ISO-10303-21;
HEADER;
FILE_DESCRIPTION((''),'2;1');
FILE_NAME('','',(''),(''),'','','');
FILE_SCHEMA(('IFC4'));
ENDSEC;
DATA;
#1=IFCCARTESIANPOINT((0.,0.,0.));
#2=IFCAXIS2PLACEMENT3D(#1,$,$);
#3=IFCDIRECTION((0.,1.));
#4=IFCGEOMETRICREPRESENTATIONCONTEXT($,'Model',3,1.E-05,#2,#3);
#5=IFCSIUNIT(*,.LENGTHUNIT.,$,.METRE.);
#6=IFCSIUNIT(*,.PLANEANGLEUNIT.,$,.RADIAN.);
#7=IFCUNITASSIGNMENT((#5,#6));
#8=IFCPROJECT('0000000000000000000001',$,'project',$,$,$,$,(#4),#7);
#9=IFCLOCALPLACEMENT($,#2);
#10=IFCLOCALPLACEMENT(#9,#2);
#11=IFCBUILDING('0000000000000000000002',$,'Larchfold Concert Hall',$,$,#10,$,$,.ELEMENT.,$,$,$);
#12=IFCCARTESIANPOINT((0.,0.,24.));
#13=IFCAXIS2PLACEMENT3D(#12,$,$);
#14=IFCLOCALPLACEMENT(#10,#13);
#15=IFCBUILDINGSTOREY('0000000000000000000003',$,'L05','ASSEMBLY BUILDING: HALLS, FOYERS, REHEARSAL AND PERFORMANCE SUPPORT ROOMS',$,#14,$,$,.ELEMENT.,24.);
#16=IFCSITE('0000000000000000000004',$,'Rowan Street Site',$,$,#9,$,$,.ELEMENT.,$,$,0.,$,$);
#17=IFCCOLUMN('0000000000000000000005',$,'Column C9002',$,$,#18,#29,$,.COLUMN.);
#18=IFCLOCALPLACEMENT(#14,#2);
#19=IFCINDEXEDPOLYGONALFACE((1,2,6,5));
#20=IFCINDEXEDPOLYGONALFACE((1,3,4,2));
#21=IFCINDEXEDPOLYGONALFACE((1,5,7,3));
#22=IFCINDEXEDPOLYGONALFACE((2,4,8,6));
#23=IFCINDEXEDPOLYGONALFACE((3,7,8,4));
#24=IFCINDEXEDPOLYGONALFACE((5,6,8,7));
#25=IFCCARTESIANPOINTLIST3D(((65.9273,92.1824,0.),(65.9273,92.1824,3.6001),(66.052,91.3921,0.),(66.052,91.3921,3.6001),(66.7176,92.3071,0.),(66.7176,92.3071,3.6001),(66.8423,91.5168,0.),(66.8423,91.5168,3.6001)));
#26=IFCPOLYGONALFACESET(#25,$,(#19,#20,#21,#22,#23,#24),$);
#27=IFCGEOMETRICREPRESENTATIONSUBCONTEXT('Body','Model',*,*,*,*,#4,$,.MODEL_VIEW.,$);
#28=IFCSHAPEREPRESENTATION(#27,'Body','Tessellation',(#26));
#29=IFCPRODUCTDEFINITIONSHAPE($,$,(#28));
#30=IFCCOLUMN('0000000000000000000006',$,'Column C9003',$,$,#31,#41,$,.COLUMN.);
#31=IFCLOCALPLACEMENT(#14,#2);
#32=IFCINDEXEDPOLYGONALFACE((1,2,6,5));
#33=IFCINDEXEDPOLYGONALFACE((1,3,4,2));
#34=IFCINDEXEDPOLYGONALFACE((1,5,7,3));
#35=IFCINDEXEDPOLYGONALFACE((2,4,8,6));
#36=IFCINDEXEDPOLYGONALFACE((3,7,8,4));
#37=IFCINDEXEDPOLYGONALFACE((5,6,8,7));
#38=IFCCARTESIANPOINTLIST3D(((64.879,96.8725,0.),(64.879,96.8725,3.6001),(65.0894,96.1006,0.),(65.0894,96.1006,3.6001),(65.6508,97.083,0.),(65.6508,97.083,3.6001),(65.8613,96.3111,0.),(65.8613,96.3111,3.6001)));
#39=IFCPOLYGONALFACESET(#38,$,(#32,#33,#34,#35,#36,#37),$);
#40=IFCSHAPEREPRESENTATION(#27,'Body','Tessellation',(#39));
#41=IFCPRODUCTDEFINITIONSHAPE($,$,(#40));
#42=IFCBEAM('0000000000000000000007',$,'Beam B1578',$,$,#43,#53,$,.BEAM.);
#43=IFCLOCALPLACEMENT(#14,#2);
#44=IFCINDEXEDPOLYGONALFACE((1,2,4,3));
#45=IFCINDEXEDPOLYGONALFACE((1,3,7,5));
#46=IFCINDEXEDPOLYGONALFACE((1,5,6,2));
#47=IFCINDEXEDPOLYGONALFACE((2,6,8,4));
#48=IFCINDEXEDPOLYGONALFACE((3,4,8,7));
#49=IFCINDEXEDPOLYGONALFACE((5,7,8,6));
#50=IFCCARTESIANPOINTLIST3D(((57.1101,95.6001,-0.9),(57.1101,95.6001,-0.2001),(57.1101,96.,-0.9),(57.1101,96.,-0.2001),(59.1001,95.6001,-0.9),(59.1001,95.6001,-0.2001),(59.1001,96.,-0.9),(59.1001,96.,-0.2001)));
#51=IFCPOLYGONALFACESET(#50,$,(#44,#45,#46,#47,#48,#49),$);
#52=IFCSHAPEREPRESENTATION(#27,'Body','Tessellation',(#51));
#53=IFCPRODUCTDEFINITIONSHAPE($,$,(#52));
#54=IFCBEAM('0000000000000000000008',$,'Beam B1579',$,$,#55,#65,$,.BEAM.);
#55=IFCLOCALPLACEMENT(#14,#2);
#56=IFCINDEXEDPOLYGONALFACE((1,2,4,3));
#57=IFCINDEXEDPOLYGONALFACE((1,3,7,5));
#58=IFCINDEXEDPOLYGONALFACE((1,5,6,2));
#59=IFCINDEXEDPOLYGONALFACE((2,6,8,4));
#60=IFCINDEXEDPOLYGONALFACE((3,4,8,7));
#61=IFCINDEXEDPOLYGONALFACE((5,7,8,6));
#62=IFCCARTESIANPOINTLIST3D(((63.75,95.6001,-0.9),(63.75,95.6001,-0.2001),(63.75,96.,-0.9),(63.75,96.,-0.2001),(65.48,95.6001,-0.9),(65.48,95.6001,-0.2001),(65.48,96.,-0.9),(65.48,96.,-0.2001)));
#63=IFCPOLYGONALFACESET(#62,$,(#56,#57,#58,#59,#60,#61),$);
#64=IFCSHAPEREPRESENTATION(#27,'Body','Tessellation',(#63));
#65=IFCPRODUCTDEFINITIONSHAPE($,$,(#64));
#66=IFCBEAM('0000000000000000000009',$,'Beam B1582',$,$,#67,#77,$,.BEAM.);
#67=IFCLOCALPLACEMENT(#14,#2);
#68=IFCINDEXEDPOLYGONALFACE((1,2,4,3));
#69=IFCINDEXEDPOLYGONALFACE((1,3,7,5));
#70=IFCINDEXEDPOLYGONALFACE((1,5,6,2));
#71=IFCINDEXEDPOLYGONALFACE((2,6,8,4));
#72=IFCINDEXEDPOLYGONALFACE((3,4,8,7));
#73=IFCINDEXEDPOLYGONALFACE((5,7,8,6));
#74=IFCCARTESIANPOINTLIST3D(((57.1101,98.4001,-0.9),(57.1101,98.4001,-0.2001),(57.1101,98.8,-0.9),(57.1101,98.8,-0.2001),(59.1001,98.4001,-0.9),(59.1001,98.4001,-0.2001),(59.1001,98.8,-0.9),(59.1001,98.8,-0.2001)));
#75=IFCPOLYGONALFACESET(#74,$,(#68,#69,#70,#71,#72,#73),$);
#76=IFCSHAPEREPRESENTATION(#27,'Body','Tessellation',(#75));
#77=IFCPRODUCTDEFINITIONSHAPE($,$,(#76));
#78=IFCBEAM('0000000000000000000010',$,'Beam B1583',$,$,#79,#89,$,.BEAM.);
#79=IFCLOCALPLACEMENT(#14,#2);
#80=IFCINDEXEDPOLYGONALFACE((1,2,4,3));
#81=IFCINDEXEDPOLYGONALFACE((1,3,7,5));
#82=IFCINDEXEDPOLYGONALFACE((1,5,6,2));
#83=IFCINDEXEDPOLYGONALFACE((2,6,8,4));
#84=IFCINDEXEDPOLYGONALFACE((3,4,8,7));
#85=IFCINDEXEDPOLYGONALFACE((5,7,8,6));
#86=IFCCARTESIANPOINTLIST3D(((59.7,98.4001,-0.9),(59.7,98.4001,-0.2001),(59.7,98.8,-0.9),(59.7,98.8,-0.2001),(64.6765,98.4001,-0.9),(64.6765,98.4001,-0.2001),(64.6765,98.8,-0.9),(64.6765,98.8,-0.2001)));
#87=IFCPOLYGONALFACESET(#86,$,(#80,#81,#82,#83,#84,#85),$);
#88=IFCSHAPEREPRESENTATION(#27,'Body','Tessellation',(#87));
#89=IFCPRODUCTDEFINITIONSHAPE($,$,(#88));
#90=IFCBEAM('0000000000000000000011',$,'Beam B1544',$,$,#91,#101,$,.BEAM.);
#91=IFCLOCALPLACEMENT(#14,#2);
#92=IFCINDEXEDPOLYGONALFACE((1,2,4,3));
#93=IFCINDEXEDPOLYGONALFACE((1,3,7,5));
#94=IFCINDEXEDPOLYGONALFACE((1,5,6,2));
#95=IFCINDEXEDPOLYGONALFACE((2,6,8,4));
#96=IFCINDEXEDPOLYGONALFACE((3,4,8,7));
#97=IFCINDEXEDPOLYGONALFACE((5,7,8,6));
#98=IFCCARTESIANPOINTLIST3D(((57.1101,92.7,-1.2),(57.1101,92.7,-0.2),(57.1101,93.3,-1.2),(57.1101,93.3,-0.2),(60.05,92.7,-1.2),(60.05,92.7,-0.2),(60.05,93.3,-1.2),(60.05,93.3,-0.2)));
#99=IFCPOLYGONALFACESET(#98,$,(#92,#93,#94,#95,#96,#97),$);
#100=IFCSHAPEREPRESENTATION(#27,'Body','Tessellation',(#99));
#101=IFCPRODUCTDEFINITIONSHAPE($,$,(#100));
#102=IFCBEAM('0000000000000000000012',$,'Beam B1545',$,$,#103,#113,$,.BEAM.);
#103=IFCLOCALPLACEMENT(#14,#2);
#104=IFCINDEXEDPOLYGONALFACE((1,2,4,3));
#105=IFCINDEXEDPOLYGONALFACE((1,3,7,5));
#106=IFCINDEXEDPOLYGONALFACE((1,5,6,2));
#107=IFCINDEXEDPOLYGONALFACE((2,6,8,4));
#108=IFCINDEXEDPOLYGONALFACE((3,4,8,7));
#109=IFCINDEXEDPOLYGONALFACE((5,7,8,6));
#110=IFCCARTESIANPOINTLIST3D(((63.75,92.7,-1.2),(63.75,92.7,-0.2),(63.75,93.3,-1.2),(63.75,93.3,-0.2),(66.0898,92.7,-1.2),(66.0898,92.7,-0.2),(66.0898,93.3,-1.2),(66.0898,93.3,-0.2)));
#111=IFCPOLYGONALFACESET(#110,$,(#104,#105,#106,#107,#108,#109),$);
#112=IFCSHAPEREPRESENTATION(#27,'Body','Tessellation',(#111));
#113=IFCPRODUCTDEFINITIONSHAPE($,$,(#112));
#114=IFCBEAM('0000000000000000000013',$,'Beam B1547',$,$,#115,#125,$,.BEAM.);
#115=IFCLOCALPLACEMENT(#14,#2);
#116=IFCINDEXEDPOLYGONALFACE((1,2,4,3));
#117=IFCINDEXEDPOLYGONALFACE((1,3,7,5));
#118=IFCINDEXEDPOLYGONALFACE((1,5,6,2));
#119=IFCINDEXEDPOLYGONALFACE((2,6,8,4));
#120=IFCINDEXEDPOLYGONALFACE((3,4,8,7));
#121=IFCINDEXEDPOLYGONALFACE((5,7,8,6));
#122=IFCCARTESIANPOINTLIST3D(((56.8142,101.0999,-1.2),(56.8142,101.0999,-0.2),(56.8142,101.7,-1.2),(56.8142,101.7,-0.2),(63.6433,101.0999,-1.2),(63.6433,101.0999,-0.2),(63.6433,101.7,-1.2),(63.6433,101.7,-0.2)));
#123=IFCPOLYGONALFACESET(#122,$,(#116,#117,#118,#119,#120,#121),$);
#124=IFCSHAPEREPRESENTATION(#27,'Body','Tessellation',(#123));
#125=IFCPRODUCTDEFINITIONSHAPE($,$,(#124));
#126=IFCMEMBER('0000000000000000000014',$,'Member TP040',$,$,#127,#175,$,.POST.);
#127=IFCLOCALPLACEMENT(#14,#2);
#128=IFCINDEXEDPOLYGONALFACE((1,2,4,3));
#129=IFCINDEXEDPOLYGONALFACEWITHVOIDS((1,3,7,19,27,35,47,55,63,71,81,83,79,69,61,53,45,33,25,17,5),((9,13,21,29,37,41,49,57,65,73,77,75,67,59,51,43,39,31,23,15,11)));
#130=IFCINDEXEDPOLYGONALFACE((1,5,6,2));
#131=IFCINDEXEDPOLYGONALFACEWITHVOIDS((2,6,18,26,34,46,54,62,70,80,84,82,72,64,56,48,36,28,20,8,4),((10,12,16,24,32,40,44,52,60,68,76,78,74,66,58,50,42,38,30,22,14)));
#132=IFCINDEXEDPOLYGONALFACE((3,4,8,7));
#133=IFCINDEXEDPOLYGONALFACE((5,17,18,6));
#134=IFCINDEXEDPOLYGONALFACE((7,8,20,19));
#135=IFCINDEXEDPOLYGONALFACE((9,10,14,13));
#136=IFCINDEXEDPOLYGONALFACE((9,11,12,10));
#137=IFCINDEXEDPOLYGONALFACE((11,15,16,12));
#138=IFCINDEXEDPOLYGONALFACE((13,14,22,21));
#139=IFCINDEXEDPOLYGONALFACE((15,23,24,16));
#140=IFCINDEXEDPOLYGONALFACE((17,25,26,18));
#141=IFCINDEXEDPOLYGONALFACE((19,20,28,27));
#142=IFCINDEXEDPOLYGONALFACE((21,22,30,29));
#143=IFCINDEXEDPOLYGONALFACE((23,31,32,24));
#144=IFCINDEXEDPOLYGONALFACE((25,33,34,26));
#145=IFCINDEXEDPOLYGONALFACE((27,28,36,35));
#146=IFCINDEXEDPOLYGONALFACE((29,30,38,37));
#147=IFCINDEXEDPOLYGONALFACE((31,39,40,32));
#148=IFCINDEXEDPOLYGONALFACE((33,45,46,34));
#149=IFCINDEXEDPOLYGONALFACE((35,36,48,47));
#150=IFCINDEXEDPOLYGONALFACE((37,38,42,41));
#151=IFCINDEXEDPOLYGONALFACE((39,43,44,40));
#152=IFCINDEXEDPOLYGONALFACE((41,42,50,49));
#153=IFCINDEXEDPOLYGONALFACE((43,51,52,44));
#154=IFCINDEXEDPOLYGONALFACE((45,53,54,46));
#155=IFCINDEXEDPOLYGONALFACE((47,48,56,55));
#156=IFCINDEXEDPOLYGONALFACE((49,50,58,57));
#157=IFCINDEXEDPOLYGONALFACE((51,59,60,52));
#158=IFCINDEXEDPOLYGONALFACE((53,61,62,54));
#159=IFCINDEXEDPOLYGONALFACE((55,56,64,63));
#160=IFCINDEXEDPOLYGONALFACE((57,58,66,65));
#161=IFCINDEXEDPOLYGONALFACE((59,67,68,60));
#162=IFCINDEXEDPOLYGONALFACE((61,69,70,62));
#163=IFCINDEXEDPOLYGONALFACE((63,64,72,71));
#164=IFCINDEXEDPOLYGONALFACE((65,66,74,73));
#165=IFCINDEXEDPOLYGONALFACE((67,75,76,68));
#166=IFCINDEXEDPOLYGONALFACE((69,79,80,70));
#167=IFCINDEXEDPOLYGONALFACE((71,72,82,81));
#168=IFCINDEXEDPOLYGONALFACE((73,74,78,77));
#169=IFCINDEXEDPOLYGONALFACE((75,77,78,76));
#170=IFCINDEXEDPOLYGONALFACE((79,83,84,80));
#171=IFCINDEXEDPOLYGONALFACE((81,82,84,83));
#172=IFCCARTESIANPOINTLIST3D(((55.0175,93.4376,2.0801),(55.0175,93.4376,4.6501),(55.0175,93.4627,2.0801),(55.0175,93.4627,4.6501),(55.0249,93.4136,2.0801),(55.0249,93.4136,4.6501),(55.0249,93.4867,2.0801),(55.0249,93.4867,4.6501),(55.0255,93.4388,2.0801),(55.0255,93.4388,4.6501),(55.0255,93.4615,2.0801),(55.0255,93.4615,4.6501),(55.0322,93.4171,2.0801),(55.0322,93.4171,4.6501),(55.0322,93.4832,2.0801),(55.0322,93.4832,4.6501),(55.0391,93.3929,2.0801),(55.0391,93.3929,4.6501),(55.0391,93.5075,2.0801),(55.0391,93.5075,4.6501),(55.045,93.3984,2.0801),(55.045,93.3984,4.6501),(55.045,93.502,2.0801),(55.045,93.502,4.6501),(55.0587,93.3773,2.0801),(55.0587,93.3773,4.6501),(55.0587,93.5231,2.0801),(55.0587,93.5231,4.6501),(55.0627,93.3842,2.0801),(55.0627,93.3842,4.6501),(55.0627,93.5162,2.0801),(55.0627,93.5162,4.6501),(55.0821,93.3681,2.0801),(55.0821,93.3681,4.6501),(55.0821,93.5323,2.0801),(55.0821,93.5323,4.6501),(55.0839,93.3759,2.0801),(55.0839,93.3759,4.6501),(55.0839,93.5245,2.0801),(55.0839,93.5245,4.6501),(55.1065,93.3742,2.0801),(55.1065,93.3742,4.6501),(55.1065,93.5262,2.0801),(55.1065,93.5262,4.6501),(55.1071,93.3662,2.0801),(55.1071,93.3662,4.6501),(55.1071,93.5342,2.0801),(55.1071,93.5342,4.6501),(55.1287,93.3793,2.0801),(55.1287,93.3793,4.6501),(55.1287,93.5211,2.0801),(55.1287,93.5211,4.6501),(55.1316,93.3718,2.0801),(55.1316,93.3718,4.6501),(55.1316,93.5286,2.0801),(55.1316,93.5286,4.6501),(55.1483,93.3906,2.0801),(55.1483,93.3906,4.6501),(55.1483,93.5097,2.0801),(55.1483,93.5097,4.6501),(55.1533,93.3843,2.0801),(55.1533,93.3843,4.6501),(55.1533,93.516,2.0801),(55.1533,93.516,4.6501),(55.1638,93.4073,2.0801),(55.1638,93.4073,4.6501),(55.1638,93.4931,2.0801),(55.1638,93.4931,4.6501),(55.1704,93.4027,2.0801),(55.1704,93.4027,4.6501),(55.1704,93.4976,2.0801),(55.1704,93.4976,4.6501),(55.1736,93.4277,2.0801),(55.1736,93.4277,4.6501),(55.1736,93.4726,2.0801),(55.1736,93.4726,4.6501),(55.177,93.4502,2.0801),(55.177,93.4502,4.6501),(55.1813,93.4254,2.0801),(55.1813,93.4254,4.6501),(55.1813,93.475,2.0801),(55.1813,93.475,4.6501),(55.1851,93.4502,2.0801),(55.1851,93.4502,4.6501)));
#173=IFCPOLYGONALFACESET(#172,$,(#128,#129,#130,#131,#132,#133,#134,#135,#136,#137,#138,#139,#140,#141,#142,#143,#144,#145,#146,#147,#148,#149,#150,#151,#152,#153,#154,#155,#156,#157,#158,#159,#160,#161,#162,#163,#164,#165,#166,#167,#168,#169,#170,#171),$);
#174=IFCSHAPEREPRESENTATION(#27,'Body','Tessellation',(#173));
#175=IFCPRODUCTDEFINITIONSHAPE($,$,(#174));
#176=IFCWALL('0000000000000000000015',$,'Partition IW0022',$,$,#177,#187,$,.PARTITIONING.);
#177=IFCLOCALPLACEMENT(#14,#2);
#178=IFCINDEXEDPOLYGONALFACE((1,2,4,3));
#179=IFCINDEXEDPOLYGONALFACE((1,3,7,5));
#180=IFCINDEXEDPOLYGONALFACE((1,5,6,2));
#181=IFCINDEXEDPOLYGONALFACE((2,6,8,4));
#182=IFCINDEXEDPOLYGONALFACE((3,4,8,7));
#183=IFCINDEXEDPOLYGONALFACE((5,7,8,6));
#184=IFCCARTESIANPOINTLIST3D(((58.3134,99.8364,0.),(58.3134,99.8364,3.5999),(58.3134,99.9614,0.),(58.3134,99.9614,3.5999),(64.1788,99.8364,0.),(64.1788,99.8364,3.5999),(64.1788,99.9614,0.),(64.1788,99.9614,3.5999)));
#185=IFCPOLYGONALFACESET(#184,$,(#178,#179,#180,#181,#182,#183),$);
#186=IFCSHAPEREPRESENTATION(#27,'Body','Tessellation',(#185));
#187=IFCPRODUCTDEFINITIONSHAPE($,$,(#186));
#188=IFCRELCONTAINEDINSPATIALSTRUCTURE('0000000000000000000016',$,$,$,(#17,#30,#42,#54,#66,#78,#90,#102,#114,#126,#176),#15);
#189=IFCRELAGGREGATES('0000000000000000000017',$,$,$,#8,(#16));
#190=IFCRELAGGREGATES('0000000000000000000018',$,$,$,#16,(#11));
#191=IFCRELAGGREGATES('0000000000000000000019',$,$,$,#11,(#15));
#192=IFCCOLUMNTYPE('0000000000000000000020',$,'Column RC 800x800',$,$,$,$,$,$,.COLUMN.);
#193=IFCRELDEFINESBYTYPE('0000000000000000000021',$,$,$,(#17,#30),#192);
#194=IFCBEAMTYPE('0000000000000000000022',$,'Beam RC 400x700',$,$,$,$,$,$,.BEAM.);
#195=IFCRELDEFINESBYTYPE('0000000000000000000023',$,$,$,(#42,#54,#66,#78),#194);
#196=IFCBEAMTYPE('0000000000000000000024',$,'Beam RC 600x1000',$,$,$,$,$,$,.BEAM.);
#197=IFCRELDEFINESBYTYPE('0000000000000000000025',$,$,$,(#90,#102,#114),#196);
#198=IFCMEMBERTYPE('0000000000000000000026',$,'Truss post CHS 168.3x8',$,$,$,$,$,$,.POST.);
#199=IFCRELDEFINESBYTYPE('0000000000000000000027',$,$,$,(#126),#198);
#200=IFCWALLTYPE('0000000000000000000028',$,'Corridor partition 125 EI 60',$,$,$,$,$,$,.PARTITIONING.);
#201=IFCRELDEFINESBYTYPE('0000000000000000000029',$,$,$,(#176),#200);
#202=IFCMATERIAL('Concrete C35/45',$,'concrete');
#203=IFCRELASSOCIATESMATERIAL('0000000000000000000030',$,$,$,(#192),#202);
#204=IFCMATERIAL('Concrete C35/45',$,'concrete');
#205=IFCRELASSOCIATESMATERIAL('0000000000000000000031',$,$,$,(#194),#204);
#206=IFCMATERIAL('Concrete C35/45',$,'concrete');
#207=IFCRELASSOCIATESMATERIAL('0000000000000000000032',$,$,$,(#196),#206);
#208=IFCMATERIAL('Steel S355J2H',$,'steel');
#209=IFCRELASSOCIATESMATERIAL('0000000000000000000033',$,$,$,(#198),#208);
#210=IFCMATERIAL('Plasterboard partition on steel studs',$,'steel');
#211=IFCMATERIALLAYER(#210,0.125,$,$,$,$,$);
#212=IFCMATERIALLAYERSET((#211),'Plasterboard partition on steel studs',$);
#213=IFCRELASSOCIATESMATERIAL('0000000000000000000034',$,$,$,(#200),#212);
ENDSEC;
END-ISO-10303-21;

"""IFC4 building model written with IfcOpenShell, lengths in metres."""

from ifc_helpers import new_model, si_unit, direction, frame, frame_2d, origin, origin_2d, place, context, subcontext, project, spatial, rectangle, hollow_circle, extrude, material, layer, layer_set, material_profile, profile_set, type_object, element, save


model = new_model("IFC4")

# Units and contexts
model_context = context("Model", 3, precision=1e-05, world=origin(), true_north=direction((0.0, 1.0)))
body_context = subcontext(model_context, "Body", "Model", "MODEL_VIEW")
ifc_project = project(units=[si_unit("LENGTHUNIT", "METRE"), si_unit("PLANEANGLEUNIT", "RADIAN")], contexts=[model_context])

# Site, building, storey
site_placement = place(None, origin())
site = spatial("IfcSite", under=ifc_project, at=site_placement, Name="Rowan Street Site", CompositionType="ELEMENT", RefElevation=0.0)
building_placement = place(site_placement, origin())
building = spatial("IfcBuilding", under=site, at=building_placement, Name="Larchfold Concert Hall", CompositionType="ELEMENT")
storey_placement = place(building_placement, frame((0.0, 0.0, 24.0)))
storey = spatial("IfcBuildingStorey", under=building, at=storey_placement, Name="L05", Description="ASSEMBLY BUILDING: HALLS, FOYERS, REHEARSAL AND PERFORMANCE SUPPORT ROOMS", CompositionType="ELEMENT", Elevation=24.0)

# Columns
ifc_material_1 = material(Name="Concrete C35/45", Category="concrete")
ifc_material_profile_1 = material_profile(ifc_material_1, rectangle(XDim=0.8, YDim=0.8, at=origin_2d()))
ifc_profile_set_1 = profile_set([ifc_material_profile_1], Name="Concrete C35/45")
column_type = type_object("IfcColumnType", Name="Column RC 800x800", PredefinedType="COLUMN", material=ifc_profile_set_1)
for number, where, z_axis, x_axis, name in (
    (1, (66.3848, 91.8496, 0.0), (0.0, 0.0, 1.0), (0.987778, 0.155867, 0.0), "Column C9002"),
    (2, (65.3701, 96.5918, 0.0), (0.0, 0.0, 1.0), (0.964788, 0.263028, 0.0), "Column C9003"),
):
    element("IfcColumn", number, at=place(storey_placement, frame(where, z_axis=z_axis, x_axis=x_axis)), inside=storey, type_object=column_type, Name=name, PredefinedType="COLUMN", context=body_context, shape_type="SweptSolid", body=[
        extrude(rectangle(XDim=0.8, YDim=0.8, at=origin_2d()), origin(), (0.0, 0.0, 1.0), 3.6001),
    ])

# Beams
ifc_material_2 = material(Name="Concrete C35/45", Category="concrete")
ifc_material_profile_2 = material_profile(ifc_material_2, rectangle(XDim=0.3999, YDim=0.7, at=origin_2d()))
ifc_profile_set_2 = profile_set([ifc_material_profile_2], Name="Concrete C35/45")
beam_type_1 = type_object("IfcBeamType", Name="Beam RC 400x700", PredefinedType="BEAM", material=ifc_profile_set_2)
beam_1_placement = place(storey_placement, frame((57.1101, 95.8, -0.55), z_axis=(1.0, 0.0, 0.0), x_axis=(0.0, 1.0, 0.0)))
element("IfcBeam", 3, at=beam_1_placement, inside=storey, type_object=beam_type_1, Name="Beam B1578", PredefinedType="BEAM", context=body_context, shape_type="SweptSolid", body=[
    extrude(rectangle(XDim=0.3999, YDim=0.7, at=origin_2d()), origin(), (0.0, 0.0, 1.0), 1.99),
])
beam_2_placement = place(storey_placement, frame((63.75, 95.8, -0.55), z_axis=(1.0, 0.0, 0.0), x_axis=(0.0, 1.0, 0.0)))
element("IfcBeam", 4, at=beam_2_placement, inside=storey, type_object=beam_type_1, Name="Beam B1579", PredefinedType="BEAM", context=body_context, shape_type="SweptSolid", body=[
    extrude(rectangle(XDim=0.3999, YDim=0.7, at=origin_2d()), origin(), (0.0, 0.0, 1.0), 1.73),
])
beam_3_placement = place(storey_placement, frame((57.1101, 98.6001, -0.55), z_axis=(1.0, 0.0, 0.0), x_axis=(0.0, 1.0, 0.0)))
element("IfcBeam", 5, at=beam_3_placement, inside=storey, type_object=beam_type_1, Name="Beam B1582", PredefinedType="BEAM", context=body_context, shape_type="SweptSolid", body=[
    extrude(rectangle(XDim=0.3999, YDim=0.7, at=origin_2d()), origin(), (0.0, 0.0, 1.0), 1.99),
])
beam_4_placement = place(storey_placement, frame((59.7, 98.6001, -0.55), z_axis=(1.0, 0.0, 0.0), x_axis=(0.0, 1.0, 0.0)))
element("IfcBeam", 6, at=beam_4_placement, inside=storey, type_object=beam_type_1, Name="Beam B1583", PredefinedType="BEAM", context=body_context, shape_type="SweptSolid", body=[
    extrude(rectangle(XDim=0.3999, YDim=0.7, at=origin_2d()), origin(), (0.0, 0.0, 1.0), 4.9766),
])
ifc_material_3 = material(Name="Concrete C35/45", Category="concrete")
ifc_material_profile_3 = material_profile(ifc_material_3, rectangle(XDim=0.6001, YDim=1.0, at=origin_2d()))
ifc_profile_set_3 = profile_set([ifc_material_profile_3], Name="Concrete C35/45")
beam_type_2 = type_object("IfcBeamType", Name="Beam RC 600x1000", PredefinedType="BEAM", material=ifc_profile_set_3)
beam_5_placement = place(storey_placement, frame((57.1101, 93.0, -0.7), z_axis=(1.0, 0.0, 0.0), x_axis=(0.0, 1.0, 0.0)))
element("IfcBeam", 7, at=beam_5_placement, inside=storey, type_object=beam_type_2, Name="Beam B1544", PredefinedType="BEAM", context=body_context, shape_type="SweptSolid", body=[
    extrude(rectangle(XDim=0.6001, YDim=1.0, at=origin_2d()), origin(), (0.0, 0.0, 1.0), 2.9399),
])
beam_6_placement = place(storey_placement, frame((63.75, 93.0, -0.7), z_axis=(1.0, 0.0, 0.0), x_axis=(0.0, 1.0, 0.0)))
element("IfcBeam", 8, at=beam_6_placement, inside=storey, type_object=beam_type_2, Name="Beam B1545", PredefinedType="BEAM", context=body_context, shape_type="SweptSolid", body=[
    extrude(rectangle(XDim=0.6001, YDim=1.0, at=origin_2d()), origin(), (0.0, 0.0, 1.0), 2.3398),
])
beam_7_placement = place(storey_placement, frame((56.8142, 101.3999, -0.7), z_axis=(1.0, 0.0, 0.0), x_axis=(0.0, 1.0, 0.0)))
element("IfcBeam", 9, at=beam_7_placement, inside=storey, type_object=beam_type_2, Name="Beam B1547", PredefinedType="BEAM", context=body_context, shape_type="SweptSolid", body=[
    extrude(rectangle(XDim=0.6001, YDim=1.0, at=origin_2d()), origin(), (0.0, 0.0, 1.0), 6.8291),
])

# Member
ifc_material_4 = material(Name="Steel S355J2H", Category="steel")
ifc_material_profile_4 = material_profile(ifc_material_4, hollow_circle(Radius=0.0842, WallThickness=0.0081, at=origin_2d()))
ifc_profile_set_4 = profile_set([ifc_material_profile_4], Name="Steel S355J2H")
member_type = type_object("IfcMemberType", Name="Truss post CHS 168.3x8", PredefinedType="POST", material=ifc_profile_set_4)
member_placement = place(storey_placement, frame((55.1008, 93.4502, 2.0801), z_axis=(0.0, 0.0, 1.0), x_axis=(1.0, 0.0, 0.0)))
element("IfcMember", 10, at=member_placement, inside=storey, type_object=member_type, Name="Member TP040", PredefinedType="POST", context=body_context, shape_type="SweptSolid", body=[
    extrude(hollow_circle(Radius=0.0842, WallThickness=0.0081, at=origin_2d()), origin(), (0.0, 0.0, 1.0), 2.5701),
])

# Wall
ifc_material_5 = material(Name="Plasterboard partition on steel studs", Category="steel")
ifc_layer_1 = layer(ifc_material_5, 0.125)
ifc_layer_set_1 = layer_set([ifc_layer_1], Name="Plasterboard partition on steel studs")
wall_type_1 = type_object("IfcWallType", Name="Corridor partition 125 EI 60", PredefinedType="PARTITIONING", material=ifc_layer_set_1)
wall_1_placement = place(storey_placement, frame((58.3135, 99.8989, 0.0), z_axis=(0.0, 0.0, 1.0), x_axis=(1.0, 0.0, 0.0)))
element("IfcWall", 11, at=wall_1_placement, inside=storey, type_object=wall_type_1, Name="Partition IW0022", PredefinedType="PARTITIONING", context=body_context, shape_type="SweptSolid", body=[
    extrude(rectangle(XDim=5.8655, YDim=0.125, at=frame_2d((2.9326, 0.0))), origin(), (0.0, 0.0, 1.0), 3.5999),
])

save(model, "model.ifc")
